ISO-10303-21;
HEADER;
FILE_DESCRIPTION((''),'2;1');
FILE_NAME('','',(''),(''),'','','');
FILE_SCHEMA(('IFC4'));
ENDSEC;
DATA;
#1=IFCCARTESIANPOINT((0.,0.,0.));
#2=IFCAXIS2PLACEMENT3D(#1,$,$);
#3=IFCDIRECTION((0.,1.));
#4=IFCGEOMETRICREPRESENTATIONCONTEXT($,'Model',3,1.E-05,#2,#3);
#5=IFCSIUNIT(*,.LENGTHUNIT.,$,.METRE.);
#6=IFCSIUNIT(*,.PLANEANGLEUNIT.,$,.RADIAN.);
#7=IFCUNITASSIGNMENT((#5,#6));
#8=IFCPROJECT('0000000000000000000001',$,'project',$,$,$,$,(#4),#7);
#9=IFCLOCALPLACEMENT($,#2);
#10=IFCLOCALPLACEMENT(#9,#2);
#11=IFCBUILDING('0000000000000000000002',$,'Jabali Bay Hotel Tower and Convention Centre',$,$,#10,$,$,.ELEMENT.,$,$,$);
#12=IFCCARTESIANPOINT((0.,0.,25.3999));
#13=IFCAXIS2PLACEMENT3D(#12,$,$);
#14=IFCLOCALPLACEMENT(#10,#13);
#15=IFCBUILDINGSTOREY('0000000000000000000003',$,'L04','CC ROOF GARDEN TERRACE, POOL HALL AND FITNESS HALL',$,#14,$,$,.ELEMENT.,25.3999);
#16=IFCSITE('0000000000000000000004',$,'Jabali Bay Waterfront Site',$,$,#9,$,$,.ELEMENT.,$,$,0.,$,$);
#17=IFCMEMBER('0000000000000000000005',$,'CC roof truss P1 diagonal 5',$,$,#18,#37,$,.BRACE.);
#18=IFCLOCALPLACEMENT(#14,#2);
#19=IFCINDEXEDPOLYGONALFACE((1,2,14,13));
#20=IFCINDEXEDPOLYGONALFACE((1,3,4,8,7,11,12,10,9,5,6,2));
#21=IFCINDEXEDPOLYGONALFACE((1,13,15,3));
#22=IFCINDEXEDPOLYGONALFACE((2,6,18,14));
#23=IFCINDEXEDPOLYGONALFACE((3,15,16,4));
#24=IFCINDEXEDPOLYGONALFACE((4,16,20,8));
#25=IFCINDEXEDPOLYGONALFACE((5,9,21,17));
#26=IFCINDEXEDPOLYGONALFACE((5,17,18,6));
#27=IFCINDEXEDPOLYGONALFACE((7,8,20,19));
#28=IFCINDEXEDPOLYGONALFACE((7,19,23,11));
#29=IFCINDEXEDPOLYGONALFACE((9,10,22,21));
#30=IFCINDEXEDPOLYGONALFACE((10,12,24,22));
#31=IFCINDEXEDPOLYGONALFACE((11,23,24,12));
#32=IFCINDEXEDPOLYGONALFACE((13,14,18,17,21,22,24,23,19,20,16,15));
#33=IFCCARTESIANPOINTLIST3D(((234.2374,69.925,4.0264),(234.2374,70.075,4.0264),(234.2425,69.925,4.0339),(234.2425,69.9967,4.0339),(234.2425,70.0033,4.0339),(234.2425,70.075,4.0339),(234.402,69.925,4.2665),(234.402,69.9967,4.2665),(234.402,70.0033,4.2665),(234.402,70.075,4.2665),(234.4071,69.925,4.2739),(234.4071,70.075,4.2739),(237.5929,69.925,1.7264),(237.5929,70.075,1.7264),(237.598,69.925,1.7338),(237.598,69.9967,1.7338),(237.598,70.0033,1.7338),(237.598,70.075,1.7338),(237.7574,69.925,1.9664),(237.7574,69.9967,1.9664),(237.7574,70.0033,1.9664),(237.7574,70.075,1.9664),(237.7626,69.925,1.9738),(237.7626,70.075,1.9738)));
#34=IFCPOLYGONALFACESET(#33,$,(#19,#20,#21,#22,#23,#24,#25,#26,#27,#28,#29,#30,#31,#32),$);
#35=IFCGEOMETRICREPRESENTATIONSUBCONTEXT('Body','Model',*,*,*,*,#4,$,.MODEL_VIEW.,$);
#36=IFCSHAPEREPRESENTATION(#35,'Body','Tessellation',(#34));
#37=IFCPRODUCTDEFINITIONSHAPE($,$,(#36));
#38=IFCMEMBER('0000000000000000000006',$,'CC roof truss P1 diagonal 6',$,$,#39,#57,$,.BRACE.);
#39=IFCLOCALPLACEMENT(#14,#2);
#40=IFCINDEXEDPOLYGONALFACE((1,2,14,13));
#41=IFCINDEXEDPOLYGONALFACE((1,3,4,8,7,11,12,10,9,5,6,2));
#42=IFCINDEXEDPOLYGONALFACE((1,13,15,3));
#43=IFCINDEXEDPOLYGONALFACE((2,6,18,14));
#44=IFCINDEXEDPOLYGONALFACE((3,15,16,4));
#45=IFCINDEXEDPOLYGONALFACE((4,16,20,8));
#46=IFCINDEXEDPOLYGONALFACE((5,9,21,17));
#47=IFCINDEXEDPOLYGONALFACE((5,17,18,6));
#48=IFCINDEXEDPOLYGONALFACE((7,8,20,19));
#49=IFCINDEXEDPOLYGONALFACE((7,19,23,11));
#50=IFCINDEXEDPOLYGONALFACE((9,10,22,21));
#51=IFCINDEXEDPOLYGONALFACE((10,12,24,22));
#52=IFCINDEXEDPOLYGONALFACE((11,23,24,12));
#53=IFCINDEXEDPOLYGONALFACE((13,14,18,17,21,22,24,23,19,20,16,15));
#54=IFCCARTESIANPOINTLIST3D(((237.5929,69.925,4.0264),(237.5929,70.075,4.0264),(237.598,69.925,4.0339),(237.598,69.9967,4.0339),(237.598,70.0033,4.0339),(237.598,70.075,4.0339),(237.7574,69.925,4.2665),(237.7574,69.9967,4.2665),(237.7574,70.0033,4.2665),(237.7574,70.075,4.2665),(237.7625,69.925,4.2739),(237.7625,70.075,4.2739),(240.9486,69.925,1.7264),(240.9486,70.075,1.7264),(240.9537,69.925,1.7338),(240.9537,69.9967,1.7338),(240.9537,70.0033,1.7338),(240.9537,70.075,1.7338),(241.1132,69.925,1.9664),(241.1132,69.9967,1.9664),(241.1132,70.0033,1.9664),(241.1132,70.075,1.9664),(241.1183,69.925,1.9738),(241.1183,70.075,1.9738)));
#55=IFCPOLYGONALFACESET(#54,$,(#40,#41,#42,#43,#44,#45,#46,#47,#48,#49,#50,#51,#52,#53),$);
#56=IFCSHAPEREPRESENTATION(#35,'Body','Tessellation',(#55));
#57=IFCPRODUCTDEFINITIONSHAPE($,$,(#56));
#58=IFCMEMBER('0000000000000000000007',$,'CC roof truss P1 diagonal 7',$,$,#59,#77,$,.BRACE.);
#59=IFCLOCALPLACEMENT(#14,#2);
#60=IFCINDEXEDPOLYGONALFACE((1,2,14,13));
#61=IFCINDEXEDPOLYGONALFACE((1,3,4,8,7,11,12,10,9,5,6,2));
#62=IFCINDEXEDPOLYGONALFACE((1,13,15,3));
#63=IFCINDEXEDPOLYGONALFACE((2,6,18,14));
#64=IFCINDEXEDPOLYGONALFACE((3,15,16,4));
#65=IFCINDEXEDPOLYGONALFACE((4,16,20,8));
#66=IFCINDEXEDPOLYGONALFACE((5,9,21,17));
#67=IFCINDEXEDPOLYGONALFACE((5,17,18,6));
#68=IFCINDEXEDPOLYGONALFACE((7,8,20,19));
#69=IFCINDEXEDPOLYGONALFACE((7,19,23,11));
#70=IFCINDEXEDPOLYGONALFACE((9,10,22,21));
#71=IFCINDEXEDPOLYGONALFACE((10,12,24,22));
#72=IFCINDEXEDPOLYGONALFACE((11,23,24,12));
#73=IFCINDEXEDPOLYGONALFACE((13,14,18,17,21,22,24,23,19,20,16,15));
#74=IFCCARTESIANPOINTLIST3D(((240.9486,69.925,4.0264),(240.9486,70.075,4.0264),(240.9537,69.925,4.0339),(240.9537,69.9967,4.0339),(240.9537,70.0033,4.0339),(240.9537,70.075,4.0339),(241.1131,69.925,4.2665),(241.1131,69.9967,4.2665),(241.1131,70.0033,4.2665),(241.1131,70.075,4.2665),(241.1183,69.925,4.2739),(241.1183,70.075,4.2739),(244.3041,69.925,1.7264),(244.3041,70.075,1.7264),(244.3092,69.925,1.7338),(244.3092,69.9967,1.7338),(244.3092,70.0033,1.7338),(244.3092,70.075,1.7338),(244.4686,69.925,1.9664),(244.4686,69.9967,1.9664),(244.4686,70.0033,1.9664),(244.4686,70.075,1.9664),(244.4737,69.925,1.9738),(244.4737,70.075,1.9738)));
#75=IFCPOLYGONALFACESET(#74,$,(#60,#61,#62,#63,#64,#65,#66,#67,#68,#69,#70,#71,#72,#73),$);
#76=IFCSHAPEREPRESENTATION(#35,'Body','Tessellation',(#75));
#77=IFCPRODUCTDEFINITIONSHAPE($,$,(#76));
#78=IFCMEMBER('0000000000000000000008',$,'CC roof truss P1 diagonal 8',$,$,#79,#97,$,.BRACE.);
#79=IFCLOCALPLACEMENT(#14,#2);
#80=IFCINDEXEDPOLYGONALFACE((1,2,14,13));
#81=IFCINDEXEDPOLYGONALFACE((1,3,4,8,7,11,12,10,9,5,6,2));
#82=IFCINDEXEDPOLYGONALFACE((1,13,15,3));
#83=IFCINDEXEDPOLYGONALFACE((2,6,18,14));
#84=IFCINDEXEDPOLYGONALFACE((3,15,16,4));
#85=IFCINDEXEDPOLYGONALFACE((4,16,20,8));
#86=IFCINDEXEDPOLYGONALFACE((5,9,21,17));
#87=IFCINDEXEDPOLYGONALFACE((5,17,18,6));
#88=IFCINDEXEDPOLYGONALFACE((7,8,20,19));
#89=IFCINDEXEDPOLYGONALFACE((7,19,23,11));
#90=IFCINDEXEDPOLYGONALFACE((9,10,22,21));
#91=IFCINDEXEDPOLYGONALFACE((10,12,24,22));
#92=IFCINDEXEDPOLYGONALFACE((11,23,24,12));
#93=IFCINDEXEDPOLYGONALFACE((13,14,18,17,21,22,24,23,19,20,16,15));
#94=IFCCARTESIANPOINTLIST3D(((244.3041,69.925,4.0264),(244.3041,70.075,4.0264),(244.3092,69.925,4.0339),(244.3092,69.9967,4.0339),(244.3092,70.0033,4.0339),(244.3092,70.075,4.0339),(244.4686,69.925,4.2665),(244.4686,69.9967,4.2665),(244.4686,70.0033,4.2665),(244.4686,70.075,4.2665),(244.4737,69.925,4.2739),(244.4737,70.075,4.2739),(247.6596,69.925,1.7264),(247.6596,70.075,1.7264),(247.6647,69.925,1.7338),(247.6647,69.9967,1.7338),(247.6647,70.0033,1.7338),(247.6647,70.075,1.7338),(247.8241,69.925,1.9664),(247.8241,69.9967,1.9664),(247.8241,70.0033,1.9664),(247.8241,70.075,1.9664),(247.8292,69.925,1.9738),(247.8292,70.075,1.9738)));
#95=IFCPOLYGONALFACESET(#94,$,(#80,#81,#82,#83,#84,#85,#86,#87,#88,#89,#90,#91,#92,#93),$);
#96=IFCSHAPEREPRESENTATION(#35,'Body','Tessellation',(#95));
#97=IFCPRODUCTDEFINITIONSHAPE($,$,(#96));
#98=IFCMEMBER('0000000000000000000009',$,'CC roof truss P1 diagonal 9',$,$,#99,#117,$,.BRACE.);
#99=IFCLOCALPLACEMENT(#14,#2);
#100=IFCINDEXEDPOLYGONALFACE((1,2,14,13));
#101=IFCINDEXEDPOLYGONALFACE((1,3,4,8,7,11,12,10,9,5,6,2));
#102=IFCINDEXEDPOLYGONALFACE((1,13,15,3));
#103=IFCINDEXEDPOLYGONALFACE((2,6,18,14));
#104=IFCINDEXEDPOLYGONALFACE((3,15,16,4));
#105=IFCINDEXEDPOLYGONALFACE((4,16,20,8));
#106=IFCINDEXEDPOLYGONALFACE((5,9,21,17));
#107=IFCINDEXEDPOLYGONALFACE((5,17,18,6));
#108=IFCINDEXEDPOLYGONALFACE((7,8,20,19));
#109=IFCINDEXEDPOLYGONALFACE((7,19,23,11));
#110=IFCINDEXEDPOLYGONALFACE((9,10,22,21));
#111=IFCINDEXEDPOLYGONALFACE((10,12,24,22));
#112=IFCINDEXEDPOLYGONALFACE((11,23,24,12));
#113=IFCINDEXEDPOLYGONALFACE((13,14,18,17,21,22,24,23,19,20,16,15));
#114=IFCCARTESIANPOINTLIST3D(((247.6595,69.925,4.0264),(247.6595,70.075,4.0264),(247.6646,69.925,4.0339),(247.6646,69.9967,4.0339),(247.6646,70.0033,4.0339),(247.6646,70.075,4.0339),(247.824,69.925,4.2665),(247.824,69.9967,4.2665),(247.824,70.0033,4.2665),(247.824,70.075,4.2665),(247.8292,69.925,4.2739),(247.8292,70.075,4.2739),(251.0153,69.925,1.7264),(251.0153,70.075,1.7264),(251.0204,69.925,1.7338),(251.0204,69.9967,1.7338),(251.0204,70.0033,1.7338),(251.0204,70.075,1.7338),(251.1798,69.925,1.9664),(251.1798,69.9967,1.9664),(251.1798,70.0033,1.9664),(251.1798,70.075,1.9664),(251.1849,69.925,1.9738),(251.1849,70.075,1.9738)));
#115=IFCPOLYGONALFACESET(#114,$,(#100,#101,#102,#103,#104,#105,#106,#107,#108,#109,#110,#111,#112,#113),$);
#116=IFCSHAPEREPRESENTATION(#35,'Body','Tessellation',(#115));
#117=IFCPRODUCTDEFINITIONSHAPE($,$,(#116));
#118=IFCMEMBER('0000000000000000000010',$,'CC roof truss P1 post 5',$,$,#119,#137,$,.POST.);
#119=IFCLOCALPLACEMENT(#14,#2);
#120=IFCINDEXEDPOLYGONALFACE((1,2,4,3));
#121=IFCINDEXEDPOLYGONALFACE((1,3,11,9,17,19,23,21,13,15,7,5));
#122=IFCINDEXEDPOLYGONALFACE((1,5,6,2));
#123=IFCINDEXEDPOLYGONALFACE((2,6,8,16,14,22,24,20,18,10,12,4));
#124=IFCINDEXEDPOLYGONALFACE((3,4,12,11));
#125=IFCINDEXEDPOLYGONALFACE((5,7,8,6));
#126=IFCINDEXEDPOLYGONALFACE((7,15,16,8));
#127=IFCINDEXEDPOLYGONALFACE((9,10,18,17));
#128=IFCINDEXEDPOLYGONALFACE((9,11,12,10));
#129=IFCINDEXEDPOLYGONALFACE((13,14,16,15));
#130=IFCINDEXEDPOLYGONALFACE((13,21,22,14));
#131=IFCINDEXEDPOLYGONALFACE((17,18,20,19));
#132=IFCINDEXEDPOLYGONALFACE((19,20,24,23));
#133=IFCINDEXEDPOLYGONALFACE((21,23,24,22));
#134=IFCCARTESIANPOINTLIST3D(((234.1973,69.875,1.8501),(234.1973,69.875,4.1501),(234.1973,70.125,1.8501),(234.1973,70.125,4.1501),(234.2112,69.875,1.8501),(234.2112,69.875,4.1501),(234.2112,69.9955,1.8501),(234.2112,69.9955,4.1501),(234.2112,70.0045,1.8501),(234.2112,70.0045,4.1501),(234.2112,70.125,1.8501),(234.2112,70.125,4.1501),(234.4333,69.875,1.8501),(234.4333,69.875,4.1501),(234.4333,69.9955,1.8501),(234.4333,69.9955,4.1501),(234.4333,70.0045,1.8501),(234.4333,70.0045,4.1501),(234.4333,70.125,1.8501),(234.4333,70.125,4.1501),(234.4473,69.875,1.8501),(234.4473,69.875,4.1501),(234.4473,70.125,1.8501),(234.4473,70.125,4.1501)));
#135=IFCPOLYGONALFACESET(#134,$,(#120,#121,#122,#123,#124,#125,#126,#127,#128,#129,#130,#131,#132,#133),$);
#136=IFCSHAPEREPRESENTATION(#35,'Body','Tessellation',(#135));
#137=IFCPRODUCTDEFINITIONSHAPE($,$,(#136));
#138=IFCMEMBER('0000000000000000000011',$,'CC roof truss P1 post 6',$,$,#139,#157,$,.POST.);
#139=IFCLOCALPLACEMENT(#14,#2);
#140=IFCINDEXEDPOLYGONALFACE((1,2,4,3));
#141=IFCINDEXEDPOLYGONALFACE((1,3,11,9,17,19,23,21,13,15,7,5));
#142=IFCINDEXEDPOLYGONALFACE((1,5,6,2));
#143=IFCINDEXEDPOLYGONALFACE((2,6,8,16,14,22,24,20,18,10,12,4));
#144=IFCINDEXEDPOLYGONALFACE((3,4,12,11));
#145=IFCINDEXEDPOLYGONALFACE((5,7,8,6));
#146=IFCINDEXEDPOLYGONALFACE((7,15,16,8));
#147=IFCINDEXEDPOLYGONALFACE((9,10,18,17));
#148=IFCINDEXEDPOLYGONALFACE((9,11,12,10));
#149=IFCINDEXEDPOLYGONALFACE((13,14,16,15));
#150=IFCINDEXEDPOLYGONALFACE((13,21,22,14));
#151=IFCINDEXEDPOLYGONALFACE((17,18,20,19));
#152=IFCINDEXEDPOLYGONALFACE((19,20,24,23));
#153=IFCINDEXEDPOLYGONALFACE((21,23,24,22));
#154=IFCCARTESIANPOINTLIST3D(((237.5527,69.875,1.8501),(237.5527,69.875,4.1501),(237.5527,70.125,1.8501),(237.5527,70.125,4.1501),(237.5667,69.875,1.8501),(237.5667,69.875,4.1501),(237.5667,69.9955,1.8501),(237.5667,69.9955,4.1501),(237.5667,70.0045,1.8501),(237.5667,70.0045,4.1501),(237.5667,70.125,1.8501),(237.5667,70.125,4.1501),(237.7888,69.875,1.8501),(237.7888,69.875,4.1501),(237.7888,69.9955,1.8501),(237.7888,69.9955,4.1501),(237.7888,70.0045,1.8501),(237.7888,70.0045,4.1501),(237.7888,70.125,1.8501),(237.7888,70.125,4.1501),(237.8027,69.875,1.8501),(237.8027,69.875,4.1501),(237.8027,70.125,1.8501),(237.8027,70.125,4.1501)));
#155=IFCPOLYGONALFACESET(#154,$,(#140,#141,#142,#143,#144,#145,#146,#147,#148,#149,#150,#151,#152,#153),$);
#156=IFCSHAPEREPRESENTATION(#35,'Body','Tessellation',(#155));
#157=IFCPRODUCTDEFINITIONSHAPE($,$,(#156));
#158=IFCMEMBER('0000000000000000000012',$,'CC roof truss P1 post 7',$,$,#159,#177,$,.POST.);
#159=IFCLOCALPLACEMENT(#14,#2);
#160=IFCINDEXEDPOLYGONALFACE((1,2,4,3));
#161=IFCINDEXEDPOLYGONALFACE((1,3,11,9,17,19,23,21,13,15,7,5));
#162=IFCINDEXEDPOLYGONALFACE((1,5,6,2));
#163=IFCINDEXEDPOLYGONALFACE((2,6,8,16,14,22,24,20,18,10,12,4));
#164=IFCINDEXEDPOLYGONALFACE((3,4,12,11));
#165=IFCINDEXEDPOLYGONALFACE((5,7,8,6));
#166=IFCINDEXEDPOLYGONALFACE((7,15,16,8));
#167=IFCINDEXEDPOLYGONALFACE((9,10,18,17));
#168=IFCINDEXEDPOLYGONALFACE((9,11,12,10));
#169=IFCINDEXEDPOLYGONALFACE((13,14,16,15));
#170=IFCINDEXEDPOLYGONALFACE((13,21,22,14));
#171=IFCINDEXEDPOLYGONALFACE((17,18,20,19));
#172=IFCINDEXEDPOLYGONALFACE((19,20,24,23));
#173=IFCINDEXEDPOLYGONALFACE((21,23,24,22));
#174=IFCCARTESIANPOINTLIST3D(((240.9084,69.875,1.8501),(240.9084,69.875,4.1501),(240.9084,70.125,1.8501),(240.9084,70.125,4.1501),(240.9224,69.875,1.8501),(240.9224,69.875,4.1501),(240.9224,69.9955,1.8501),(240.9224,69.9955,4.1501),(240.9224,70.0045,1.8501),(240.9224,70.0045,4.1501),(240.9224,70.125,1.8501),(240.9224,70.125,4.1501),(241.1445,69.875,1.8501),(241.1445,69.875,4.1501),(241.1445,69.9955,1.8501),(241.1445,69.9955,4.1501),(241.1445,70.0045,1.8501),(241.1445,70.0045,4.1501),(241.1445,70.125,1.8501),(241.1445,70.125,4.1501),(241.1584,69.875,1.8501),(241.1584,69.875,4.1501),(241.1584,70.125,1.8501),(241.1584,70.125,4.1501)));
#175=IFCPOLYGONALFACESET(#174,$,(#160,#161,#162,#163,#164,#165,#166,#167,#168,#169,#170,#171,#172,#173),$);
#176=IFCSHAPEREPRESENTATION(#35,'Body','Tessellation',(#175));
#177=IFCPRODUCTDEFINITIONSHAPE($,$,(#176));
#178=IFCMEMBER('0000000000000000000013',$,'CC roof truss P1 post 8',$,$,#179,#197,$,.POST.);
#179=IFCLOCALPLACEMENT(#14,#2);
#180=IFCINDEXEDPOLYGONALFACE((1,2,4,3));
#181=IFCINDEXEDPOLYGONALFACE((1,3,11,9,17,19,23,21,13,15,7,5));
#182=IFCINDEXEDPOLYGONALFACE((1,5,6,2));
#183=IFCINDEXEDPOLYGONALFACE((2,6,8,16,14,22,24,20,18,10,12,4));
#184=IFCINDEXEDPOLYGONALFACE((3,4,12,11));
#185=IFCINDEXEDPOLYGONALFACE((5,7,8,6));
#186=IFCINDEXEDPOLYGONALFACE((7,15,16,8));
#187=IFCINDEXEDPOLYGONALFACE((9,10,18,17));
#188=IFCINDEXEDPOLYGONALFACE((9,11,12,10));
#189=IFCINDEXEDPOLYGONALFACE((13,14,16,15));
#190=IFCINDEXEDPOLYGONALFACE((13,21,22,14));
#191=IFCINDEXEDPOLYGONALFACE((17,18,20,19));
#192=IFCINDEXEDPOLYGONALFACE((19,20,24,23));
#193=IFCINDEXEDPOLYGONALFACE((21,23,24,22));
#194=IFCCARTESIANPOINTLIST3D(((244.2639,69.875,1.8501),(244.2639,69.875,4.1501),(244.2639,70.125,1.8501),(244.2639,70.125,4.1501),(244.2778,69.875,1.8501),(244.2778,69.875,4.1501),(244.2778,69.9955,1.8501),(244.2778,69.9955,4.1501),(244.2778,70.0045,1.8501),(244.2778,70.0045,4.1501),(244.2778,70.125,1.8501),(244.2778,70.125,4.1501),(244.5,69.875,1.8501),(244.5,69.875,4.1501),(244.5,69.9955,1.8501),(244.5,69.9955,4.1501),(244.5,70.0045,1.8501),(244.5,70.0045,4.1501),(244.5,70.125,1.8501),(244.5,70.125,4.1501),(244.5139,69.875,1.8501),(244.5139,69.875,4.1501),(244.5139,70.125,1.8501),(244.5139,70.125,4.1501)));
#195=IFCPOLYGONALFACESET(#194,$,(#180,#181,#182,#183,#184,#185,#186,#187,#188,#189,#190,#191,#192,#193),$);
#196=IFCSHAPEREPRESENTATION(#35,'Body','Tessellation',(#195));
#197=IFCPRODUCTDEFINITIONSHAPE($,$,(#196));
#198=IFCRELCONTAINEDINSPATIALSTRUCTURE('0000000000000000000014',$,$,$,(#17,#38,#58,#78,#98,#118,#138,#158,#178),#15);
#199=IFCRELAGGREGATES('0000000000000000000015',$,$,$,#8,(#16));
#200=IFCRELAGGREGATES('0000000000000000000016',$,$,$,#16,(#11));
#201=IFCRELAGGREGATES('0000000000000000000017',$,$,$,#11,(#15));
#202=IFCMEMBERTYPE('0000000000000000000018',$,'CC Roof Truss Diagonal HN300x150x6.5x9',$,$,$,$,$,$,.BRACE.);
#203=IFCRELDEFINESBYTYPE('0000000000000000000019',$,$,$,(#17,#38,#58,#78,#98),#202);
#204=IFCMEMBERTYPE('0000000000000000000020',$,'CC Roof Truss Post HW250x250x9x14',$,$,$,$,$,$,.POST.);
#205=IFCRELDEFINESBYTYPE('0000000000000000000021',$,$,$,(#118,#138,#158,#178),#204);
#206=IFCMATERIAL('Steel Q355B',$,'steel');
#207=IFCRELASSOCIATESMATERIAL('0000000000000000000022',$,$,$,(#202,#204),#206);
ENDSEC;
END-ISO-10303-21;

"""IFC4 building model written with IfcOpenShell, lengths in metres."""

from ifc_helpers import new_model, si_unit, direction, frame, origin, origin_2d, place, context, subcontext, project, spatial, i_section, extrude, material, material_profile, profile_set, type_object, element, save


model = new_model("IFC4")

# Units and contexts
model_context = context("Model", 3, precision=1e-05, world=origin(), true_north=direction((0.0, 1.0)))
body_context = subcontext(model_context, "Body", "Model", "MODEL_VIEW")
ifc_project = project(units=[si_unit("LENGTHUNIT", "METRE"), si_unit("PLANEANGLEUNIT", "RADIAN")], contexts=[model_context])

# Site, building, storey
site_placement = place(None, origin())
site = spatial("IfcSite", under=ifc_project, at=site_placement, Name="Jabali Bay Waterfront Site", CompositionType="ELEMENT", RefElevation=0.0)
building_placement = place(site_placement, origin())
building = spatial("IfcBuilding", under=site, at=building_placement, Name="Jabali Bay Hotel Tower and Convention Centre", CompositionType="ELEMENT")
storey_placement = place(building_placement, frame((0.0, 0.0, 25.3999)))
storey = spatial("IfcBuildingStorey", under=building, at=storey_placement, Name="L04", Description="CC ROOF GARDEN TERRACE, POOL HALL AND FITNESS HALL", CompositionType="ELEMENT", Elevation=25.3999)

# Members
ifc_material = material(Name="Steel Q355B", Category="steel")
ifc_material_profile_1 = material_profile(ifc_material, i_section(OverallWidth=0.1499, OverallDepth=0.3, WebThickness=0.0066, FlangeThickness=0.009, at=origin_2d()), Name="HN300x150x6.5x9")
ifc_profile_set_1 = profile_set([ifc_material_profile_1], Name="Steel Q355B")
member_type_1 = type_object("IfcMemberType", Name="CC Roof Truss Diagonal HN300x150x6.5x9", PredefinedType="BRACE", material=ifc_profile_set_1)
member_1_placement = place(storey_placement, frame((237.6777, 70.0, 1.8501), z_axis=(-0.824826, 0.0, 0.565387), x_axis=(0.0, -1.0, 0.0)))
element("IfcMember", 1, at=member_1_placement, inside=storey, type_object=member_type_1, Name="CC roof truss P1 diagonal 5", PredefinedType="BRACE", context=body_context, shape_type="SweptSolid", body=[
    extrude(i_section(OverallWidth=0.1499, OverallDepth=0.3, WebThickness=0.0066, FlangeThickness=0.009, at=origin_2d()), origin(), (0.0, 0.0, 1.0), 4.0681),
])
member_2_placement = place(storey_placement, frame((241.0334, 70.0, 1.8501), z_axis=(-0.824845, 0.0, 0.565359), x_axis=(0.0, -1.0, 0.0)))
element("IfcMember", 2, at=member_2_placement, inside=storey, type_object=member_type_1, Name="CC roof truss P1 diagonal 6", PredefinedType="BRACE", context=body_context, shape_type="SweptSolid", body=[
    extrude(i_section(OverallWidth=0.1499, OverallDepth=0.3, WebThickness=0.0066, FlangeThickness=0.009, at=origin_2d()), origin(), (0.0, 0.0, 1.0), 4.0684),
])
for number, where, z_axis, x_axis, name in (
    (3, (244.3889, 70.0, 1.8501), (-0.824826, 0.0, 0.565387), (0.0, -1.0, 0.0), "CC roof truss P1 diagonal 7"),
    (4, (247.7444, 70.0, 1.8501), (-0.824826, 0.0, 0.565387), (0.0, -1.0, 0.0), "CC roof truss P1 diagonal 8"),
):
    element("IfcMember", number, at=place(storey_placement, frame(where, z_axis=z_axis, x_axis=x_axis)), inside=storey, type_object=member_type_1, Name=name, PredefinedType="BRACE", context=body_context, shape_type="SweptSolid", body=[
        extrude(i_section(OverallWidth=0.1499, OverallDepth=0.3, WebThickness=0.0066, FlangeThickness=0.009, at=origin_2d()), origin(), (0.0, 0.0, 1.0), 4.0681),
    ])
member_3_placement = place(storey_placement, frame((251.1001, 70.0, 1.8501), z_axis=(-0.824845, 0.0, 0.565359), x_axis=(0.0, -1.0, 0.0)))
element("IfcMember", 5, at=member_3_placement, inside=storey, type_object=member_type_1, Name="CC roof truss P1 diagonal 9", PredefinedType="BRACE", context=body_context, shape_type="SweptSolid", body=[
    extrude(i_section(OverallWidth=0.1499, OverallDepth=0.3, WebThickness=0.0066, FlangeThickness=0.009, at=origin_2d()), origin(), (0.0, 0.0, 1.0), 4.0684),
])
ifc_material_profile_2 = material_profile(ifc_material, i_section(OverallWidth=0.25, OverallDepth=0.25, WebThickness=0.009, FlangeThickness=0.0139, at=origin_2d()), Name="HW250x250x9x14")
ifc_profile_set_2 = profile_set([ifc_material_profile_2], Name="Steel Q355B")
member_type_2 = type_object("IfcMemberType", Name="CC Roof Truss Post HW250x250x9x14", PredefinedType="POST", material=ifc_profile_set_2)
for number, where, z_axis, x_axis, name in (
    (6, (234.3223, 70.0, 1.8501), (0.0, 0.0, 1.0), (0.0, 1.0, 0.0), "CC roof truss P1 post 5"),
    (7, (237.6777, 70.0, 1.8501), (0.0, 0.0, 1.0), (0.0, 1.0, 0.0), "CC roof truss P1 post 6"),
    (8, (241.0334, 70.0, 1.8501), (0.0, 0.0, 1.0), (0.0, 1.0, 0.0), "CC roof truss P1 post 7"),
    (9, (244.3889, 70.0, 1.8501), (0.0, 0.0, 1.0), (0.0, 1.0, 0.0), "CC roof truss P1 post 8"),
):
    element("IfcMember", number, at=place(storey_placement, frame(where, z_axis=z_axis, x_axis=x_axis)), inside=storey, type_object=member_type_2, Name=name, PredefinedType="POST", context=body_context, shape_type="SweptSolid", body=[
        extrude(i_section(OverallWidth=0.25, OverallDepth=0.25, WebThickness=0.009, FlangeThickness=0.0139, at=origin_2d()), origin(), (0.0, 0.0, 1.0), 2.3),
    ])

save(model, "model.ifc")
